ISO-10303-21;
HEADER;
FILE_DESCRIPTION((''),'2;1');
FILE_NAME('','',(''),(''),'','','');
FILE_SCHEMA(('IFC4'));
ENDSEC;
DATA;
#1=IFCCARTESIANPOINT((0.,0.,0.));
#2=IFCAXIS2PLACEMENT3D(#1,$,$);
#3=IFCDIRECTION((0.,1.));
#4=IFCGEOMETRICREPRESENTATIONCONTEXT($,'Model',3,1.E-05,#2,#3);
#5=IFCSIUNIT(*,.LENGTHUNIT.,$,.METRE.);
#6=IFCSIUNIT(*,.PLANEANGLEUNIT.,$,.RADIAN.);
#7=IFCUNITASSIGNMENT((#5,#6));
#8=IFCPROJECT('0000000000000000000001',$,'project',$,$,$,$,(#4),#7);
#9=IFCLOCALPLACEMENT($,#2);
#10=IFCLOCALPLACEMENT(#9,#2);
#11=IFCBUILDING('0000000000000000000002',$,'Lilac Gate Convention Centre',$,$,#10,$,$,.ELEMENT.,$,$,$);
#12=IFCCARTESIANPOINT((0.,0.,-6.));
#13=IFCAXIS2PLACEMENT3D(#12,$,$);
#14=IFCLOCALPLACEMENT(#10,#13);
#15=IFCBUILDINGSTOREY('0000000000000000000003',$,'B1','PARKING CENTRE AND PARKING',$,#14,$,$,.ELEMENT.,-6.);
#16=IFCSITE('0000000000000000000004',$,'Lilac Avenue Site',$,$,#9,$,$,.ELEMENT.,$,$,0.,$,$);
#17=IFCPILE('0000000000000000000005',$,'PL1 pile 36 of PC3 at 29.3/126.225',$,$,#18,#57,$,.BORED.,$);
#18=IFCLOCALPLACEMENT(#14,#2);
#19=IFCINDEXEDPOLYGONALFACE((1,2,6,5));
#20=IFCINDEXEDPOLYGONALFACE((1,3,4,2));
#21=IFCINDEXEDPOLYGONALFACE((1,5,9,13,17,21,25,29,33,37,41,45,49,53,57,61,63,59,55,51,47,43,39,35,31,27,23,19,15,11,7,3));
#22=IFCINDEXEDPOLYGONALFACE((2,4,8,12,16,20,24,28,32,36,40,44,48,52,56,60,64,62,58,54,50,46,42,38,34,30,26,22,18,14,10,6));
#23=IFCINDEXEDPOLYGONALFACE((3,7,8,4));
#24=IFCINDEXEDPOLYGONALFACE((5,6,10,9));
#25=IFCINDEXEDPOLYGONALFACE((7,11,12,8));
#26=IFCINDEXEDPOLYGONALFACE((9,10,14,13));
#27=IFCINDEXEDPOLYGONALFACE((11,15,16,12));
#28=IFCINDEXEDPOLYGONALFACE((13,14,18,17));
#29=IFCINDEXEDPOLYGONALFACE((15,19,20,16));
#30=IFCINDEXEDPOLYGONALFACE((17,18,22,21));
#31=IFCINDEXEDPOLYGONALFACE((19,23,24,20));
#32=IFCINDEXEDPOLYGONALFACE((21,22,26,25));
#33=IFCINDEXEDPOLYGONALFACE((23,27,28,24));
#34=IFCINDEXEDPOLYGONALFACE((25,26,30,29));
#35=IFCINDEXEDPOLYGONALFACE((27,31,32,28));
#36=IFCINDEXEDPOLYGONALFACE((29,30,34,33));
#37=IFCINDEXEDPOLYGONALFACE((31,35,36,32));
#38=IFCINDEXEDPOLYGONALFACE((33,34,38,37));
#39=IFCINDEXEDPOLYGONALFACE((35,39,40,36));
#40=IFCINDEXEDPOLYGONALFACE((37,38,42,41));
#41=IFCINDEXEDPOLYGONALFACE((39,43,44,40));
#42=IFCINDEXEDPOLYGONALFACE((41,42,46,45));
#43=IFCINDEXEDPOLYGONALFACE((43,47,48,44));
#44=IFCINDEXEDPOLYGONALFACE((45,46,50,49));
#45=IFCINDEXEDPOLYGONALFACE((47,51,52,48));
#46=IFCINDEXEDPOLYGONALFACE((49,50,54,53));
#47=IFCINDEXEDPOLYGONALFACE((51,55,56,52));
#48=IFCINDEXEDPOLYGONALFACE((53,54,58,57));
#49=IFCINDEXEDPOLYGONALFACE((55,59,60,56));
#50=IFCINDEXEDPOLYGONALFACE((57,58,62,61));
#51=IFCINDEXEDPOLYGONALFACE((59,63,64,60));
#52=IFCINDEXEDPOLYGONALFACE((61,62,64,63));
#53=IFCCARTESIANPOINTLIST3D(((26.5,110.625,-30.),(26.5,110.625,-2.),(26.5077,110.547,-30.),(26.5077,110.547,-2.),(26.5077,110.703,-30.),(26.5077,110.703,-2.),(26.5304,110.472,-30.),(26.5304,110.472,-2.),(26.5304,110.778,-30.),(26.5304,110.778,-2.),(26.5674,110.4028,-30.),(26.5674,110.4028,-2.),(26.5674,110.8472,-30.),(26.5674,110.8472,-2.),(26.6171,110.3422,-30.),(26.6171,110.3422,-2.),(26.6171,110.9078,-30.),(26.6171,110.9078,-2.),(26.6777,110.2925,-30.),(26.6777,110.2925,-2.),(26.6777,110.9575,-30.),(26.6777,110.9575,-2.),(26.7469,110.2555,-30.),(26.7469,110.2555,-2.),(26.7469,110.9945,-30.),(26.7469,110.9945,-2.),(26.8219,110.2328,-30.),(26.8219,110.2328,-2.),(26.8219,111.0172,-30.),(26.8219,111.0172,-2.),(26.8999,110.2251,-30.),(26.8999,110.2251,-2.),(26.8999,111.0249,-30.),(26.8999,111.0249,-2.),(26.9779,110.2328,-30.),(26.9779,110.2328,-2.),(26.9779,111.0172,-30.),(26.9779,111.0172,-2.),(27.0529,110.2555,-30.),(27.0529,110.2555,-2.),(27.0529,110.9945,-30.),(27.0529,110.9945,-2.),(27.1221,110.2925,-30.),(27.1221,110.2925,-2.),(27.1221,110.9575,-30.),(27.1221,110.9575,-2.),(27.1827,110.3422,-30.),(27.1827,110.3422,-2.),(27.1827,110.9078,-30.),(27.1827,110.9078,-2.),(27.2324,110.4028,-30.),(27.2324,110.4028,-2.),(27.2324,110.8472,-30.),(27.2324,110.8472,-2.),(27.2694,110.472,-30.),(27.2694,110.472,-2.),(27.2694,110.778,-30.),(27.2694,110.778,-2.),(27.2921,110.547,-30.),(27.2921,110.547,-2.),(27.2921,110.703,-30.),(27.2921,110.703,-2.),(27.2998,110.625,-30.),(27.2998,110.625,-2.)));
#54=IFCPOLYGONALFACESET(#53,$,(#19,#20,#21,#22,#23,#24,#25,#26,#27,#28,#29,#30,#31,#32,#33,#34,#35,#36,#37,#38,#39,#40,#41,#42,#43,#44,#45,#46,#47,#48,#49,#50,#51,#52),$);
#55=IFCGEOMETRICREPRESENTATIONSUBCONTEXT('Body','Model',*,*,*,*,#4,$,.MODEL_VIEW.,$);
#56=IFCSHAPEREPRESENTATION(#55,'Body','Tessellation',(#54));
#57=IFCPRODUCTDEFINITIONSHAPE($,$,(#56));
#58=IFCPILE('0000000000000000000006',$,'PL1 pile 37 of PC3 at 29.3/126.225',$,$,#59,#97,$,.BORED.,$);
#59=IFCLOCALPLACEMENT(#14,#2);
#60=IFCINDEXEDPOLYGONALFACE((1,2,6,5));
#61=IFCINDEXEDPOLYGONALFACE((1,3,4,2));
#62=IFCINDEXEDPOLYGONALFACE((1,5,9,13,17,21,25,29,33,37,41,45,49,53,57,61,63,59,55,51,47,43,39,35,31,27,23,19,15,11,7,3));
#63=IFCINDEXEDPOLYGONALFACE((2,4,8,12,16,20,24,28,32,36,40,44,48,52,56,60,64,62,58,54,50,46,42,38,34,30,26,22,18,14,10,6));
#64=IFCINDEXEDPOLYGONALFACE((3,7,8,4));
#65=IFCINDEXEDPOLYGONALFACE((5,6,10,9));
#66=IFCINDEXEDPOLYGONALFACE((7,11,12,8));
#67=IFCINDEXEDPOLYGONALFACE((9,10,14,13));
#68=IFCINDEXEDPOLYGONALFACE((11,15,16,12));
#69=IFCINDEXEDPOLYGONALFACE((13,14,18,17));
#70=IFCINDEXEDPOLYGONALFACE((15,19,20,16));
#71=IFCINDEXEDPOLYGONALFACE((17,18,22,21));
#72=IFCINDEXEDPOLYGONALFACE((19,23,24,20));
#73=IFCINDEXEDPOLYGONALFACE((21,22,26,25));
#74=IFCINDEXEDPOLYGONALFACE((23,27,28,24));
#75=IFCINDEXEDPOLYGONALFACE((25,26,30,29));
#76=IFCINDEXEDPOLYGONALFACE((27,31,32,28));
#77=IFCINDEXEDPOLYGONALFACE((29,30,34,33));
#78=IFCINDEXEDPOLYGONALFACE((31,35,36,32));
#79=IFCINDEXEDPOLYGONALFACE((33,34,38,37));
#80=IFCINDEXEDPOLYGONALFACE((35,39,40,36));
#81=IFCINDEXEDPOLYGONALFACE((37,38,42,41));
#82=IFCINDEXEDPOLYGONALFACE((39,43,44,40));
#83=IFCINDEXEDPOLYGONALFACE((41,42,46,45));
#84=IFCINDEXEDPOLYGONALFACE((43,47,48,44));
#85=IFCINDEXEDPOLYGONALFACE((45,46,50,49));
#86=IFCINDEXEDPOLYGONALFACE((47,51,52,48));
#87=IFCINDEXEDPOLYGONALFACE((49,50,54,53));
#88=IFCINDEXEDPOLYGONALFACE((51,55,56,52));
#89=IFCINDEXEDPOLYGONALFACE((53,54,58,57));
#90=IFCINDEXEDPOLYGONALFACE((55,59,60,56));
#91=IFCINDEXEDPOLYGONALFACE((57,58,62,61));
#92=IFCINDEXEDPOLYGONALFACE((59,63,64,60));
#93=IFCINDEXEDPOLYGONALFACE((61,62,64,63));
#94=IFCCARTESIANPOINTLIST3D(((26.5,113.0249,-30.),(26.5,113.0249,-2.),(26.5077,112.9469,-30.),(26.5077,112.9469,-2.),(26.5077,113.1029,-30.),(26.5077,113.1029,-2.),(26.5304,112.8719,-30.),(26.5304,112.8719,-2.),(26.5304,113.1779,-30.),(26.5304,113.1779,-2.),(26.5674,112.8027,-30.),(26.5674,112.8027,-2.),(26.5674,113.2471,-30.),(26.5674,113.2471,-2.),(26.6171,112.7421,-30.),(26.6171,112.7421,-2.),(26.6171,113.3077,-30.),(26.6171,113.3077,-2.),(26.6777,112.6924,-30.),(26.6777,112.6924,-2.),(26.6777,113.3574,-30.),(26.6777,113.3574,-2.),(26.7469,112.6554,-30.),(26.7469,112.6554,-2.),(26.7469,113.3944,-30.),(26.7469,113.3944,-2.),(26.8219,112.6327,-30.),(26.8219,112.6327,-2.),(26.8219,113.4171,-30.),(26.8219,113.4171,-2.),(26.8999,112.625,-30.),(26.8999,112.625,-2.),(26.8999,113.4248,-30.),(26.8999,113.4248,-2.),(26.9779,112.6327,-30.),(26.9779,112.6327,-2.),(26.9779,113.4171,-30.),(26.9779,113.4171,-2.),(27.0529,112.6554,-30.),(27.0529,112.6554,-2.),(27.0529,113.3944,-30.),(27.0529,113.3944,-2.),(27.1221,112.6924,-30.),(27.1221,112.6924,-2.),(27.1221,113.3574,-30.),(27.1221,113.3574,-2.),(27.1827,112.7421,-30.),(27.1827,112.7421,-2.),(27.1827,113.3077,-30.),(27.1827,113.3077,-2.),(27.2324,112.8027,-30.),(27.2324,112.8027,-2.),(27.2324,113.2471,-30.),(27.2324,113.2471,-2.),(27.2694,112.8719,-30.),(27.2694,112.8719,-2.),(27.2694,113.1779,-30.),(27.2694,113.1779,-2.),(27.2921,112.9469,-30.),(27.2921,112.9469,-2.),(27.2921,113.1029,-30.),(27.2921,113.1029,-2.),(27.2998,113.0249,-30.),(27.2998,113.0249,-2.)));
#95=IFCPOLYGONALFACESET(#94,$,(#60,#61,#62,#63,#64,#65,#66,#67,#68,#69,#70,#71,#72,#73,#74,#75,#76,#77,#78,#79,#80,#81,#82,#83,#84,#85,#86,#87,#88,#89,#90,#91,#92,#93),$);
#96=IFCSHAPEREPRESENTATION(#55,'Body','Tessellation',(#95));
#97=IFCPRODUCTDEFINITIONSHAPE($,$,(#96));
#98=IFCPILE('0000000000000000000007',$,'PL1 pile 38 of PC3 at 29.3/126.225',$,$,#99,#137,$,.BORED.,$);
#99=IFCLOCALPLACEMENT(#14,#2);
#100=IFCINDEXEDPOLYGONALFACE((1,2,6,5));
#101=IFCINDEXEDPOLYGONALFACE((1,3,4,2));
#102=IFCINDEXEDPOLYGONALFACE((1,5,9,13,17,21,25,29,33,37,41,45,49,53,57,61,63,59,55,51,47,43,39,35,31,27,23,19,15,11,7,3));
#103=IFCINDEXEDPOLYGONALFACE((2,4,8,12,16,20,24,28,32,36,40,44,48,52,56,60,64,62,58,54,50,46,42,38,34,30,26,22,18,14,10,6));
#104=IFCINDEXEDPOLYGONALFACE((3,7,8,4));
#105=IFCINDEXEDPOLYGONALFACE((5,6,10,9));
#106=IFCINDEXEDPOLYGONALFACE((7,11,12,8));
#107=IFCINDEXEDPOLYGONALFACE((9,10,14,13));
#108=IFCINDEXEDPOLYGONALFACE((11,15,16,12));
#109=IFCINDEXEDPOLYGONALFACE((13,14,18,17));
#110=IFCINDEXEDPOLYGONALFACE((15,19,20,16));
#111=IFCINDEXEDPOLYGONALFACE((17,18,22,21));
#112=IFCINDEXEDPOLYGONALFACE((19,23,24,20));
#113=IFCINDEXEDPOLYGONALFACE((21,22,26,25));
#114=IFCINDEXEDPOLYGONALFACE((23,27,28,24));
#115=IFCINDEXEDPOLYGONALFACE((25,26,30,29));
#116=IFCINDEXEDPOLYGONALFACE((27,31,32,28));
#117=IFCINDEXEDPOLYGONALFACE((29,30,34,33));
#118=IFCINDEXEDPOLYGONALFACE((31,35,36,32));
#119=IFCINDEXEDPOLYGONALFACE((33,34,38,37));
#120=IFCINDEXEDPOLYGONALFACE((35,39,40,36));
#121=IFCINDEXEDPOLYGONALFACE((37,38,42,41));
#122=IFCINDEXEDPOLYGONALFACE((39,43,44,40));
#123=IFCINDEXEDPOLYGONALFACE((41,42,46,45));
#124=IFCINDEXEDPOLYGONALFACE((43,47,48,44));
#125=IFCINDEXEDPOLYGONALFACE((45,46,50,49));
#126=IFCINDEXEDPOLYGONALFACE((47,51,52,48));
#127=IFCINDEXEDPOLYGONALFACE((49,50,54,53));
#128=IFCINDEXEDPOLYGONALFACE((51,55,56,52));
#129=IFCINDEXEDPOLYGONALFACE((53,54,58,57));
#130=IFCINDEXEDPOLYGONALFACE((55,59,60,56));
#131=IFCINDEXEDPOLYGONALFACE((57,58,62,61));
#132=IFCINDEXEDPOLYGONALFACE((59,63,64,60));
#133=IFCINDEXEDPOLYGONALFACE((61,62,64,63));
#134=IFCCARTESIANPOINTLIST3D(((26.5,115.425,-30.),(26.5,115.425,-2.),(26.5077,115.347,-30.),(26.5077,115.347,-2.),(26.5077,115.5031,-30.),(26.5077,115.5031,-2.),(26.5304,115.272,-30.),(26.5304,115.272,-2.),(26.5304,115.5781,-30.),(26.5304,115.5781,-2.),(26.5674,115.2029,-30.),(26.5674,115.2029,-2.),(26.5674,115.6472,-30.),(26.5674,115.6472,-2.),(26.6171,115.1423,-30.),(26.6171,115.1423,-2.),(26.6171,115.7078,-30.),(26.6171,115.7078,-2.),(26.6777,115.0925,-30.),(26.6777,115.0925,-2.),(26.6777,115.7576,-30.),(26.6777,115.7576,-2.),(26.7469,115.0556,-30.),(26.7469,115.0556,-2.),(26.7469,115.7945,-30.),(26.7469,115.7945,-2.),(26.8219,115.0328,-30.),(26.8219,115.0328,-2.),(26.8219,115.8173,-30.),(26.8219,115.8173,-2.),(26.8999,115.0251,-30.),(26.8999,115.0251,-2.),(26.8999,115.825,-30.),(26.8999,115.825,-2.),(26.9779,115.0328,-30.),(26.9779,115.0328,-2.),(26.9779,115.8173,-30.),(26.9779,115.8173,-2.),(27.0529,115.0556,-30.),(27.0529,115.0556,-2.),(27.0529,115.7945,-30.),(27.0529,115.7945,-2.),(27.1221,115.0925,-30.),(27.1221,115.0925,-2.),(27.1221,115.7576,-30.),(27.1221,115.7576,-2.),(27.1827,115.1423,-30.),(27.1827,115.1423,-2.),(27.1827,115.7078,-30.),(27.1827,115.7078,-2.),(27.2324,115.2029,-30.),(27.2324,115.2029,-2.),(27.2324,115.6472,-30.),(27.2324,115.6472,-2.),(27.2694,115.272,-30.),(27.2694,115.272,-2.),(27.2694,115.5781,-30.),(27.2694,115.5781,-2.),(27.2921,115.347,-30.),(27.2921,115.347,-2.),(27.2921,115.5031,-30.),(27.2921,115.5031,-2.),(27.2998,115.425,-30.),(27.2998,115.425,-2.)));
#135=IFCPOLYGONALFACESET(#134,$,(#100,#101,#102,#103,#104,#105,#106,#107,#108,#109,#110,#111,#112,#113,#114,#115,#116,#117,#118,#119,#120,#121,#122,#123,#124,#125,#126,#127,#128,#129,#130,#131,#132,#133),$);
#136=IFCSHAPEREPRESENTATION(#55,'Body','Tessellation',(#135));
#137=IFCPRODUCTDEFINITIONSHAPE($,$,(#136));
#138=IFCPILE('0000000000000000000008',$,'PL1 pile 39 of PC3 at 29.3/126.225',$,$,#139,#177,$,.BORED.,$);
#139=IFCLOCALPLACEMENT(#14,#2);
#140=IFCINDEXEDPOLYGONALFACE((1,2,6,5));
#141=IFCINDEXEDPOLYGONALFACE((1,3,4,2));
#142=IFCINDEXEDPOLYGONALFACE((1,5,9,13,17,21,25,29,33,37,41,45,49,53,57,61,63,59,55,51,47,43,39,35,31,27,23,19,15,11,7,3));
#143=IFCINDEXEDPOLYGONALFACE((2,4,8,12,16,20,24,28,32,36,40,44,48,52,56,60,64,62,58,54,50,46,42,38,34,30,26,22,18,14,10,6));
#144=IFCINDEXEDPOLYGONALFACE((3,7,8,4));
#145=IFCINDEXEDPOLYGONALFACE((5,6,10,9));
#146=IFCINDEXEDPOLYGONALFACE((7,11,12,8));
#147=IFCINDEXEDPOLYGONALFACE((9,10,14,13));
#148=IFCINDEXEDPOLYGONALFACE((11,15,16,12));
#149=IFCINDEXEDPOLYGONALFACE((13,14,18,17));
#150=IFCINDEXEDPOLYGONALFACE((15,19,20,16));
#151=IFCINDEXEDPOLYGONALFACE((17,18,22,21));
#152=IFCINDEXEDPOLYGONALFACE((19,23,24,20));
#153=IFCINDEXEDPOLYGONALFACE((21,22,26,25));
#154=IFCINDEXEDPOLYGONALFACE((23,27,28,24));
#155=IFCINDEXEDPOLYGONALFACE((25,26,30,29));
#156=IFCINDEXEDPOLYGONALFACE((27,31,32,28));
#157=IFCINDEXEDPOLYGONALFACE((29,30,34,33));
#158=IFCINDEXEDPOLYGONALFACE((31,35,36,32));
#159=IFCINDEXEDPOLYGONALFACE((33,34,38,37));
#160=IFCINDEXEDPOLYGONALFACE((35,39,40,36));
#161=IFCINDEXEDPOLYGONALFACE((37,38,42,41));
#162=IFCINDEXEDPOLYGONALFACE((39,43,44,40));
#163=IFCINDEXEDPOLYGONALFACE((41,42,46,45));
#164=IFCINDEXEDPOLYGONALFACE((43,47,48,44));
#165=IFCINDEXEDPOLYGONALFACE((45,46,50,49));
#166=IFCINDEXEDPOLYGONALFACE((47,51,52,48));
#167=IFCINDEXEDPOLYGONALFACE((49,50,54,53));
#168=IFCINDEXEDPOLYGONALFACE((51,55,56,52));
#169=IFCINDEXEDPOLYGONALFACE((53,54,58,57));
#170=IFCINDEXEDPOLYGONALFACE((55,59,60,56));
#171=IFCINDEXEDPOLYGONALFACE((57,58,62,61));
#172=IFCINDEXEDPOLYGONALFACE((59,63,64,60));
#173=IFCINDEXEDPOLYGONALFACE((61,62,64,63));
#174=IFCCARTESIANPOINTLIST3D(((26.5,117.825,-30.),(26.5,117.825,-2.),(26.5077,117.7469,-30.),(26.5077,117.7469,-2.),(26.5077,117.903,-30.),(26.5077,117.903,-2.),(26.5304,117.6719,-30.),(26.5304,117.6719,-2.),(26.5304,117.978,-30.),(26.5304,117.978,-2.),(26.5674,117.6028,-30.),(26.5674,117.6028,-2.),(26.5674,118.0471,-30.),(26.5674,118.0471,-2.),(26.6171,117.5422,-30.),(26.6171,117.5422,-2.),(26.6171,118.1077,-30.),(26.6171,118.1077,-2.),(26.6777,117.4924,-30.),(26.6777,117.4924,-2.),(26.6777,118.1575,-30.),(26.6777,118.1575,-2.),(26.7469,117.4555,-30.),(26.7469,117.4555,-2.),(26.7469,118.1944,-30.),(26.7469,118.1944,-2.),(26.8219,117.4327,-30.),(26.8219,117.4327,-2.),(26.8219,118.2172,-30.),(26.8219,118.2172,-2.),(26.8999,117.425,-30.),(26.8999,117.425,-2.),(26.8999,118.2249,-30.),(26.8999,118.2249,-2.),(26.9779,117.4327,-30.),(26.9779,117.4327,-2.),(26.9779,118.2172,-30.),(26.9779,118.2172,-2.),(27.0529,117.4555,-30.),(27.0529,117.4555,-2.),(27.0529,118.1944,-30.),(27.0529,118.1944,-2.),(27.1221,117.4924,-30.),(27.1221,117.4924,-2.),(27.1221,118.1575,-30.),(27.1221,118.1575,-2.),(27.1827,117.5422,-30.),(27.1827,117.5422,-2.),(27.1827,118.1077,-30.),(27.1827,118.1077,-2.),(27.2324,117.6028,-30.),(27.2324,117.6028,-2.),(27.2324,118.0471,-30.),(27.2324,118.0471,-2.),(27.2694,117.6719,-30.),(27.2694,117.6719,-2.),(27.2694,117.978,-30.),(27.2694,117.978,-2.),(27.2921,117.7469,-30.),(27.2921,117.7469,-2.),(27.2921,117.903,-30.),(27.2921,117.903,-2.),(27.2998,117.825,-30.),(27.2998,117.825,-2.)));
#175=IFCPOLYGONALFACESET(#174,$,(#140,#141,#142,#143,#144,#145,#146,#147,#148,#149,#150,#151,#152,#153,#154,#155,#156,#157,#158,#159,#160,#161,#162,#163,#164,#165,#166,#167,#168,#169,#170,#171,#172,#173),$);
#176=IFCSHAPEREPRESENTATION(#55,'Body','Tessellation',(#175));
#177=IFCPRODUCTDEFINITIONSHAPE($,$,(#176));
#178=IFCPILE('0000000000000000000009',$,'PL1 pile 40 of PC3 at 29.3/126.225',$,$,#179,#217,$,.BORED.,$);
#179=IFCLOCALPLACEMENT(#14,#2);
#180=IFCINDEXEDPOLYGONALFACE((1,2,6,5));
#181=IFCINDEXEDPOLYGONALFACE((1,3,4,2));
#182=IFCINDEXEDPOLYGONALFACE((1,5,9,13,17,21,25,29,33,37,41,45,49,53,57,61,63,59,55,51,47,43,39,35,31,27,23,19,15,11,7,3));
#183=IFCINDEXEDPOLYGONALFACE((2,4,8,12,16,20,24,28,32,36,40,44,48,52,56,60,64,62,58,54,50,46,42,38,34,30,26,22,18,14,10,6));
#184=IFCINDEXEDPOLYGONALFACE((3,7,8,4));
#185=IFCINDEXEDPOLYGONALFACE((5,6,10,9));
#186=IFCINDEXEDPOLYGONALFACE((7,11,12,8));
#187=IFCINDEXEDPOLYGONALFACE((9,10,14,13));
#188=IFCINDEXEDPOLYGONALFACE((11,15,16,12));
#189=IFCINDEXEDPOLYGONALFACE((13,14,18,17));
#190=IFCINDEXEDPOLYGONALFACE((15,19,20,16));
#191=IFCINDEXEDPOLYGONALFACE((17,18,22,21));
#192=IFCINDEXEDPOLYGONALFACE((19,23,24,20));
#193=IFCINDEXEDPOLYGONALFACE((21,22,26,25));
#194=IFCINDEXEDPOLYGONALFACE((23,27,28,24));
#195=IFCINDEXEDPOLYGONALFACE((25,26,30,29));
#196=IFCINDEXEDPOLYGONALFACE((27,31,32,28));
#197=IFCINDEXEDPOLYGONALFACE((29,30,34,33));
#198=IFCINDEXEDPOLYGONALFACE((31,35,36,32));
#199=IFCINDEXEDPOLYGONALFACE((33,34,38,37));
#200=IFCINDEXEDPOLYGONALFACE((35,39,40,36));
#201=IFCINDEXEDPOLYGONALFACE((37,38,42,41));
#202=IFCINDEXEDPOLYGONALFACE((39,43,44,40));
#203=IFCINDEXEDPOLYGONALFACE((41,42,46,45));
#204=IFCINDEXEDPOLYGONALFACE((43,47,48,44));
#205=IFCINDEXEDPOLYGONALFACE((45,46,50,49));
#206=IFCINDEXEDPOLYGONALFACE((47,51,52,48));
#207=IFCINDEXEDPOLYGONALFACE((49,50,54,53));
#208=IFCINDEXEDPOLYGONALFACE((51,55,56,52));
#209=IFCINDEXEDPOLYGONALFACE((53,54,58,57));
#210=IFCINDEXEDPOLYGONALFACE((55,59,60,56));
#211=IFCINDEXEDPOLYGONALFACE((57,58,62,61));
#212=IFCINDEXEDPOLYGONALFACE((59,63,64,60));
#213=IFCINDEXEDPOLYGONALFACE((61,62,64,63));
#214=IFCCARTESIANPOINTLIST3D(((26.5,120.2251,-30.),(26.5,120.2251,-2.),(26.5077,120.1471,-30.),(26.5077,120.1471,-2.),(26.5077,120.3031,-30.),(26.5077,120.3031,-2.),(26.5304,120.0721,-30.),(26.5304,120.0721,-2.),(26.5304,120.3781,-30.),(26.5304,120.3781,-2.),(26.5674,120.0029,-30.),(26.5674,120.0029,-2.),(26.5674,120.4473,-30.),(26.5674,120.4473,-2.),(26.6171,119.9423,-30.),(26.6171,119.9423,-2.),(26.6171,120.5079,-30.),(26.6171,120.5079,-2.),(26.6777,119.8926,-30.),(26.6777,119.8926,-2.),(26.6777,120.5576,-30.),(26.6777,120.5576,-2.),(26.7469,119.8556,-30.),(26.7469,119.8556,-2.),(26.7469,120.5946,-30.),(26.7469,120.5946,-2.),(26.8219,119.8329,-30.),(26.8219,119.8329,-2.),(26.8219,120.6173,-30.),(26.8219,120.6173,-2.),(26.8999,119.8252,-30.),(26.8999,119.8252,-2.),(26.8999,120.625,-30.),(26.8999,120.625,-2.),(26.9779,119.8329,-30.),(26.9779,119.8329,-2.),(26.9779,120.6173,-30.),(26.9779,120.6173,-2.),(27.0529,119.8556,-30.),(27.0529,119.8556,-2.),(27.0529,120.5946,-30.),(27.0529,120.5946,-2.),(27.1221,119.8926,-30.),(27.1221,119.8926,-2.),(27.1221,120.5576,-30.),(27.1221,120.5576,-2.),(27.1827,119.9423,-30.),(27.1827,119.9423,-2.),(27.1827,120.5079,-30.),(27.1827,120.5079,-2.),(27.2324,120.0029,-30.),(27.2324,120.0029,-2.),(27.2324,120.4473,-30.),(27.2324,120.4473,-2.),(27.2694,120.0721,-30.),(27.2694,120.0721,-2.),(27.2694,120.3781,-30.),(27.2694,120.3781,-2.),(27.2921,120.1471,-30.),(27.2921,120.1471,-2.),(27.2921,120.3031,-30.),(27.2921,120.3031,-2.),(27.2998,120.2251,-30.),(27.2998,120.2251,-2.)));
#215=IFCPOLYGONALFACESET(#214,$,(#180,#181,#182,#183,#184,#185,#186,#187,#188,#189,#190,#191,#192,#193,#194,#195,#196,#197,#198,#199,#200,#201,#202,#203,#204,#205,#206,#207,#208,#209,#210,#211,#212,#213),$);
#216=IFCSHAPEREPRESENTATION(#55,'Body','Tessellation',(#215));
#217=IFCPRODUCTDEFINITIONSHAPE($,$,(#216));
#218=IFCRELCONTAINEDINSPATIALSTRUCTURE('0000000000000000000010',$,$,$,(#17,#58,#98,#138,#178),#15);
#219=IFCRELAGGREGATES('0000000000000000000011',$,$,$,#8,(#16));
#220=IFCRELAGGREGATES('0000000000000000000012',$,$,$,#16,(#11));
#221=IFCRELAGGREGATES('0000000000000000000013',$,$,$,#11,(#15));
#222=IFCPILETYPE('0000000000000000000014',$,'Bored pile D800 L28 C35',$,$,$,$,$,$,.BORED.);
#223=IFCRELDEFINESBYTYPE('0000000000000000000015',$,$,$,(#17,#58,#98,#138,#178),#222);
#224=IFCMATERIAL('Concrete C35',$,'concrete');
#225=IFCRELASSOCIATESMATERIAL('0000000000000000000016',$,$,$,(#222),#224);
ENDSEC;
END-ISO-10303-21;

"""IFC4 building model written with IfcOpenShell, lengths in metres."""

from ifc_helpers import new_model, si_unit, direction, frame, origin, origin_2d, place, context, subcontext, project, spatial, circle, extrude, material, material_profile, profile_set, type_object, element, save


model = new_model("IFC4")

# Units and contexts
model_context = context("Model", 3, precision=1e-05, world=origin(), true_north=direction((0.0, 1.0)))
body_context = subcontext(model_context, "Body", "Model", "MODEL_VIEW")
ifc_project = project(units=[si_unit("LENGTHUNIT", "METRE"), si_unit("PLANEANGLEUNIT", "RADIAN")], contexts=[model_context])

# Site, building, storey
site_placement = place(None, origin())
site = spatial("IfcSite", under=ifc_project, at=site_placement, Name="Lilac Avenue Site", CompositionType="ELEMENT", RefElevation=0.0)
building_placement = place(site_placement, origin())
building = spatial("IfcBuilding", under=site, at=building_placement, Name="Lilac Gate Convention Centre", CompositionType="ELEMENT")
storey_placement = place(building_placement, frame((0.0, 0.0, -6.0)))
storey = spatial("IfcBuildingStorey", under=building, at=storey_placement, Name="B1", Description="PARKING CENTRE AND PARKING", CompositionType="ELEMENT", Elevation=-6.0)

# Piles
ifc_material_1 = material(Name="Concrete C35", Category="concrete")
ifc_material_profile_1 = material_profile(ifc_material_1, circle(Radius=0.3999, at=origin_2d()), Name="D800")
ifc_profile_set_1 = profile_set([ifc_material_profile_1], Name="Concrete C35")
pile_type = type_object("IfcPileType", Name="Bored pile D800 L28 C35", PredefinedType="BORED", material=ifc_profile_set_1)
for number, where, z_axis, x_axis, name in (
    (1, (26.8999, 110.625, -2.0), (0.0, 0.0, -1.0), (1.0, 0.0, 0.0), "PL1 pile 36 of PC3 at 29.3/126.225"),
    (2, (26.8999, 113.0249, -2.0), (0.0, 0.0, -1.0), (1.0, 0.0, 0.0), "PL1 pile 37 of PC3 at 29.3/126.225"),
    (3, (26.8999, 115.425, -2.0), (0.0, 0.0, -1.0), (1.0, 0.0, 0.0), "PL1 pile 38 of PC3 at 29.3/126.225"),
    (4, (26.8999, 117.825, -2.0), (0.0, 0.0, -1.0), (1.0, 0.0, 0.0), "PL1 pile 39 of PC3 at 29.3/126.225"),
    (5, (26.8999, 120.2251, -2.0), (0.0, 0.0, -1.0), (1.0, 0.0, 0.0), "PL1 pile 40 of PC3 at 29.3/126.225"),
):
    element("IfcPile", number, at=place(storey_placement, frame(where, z_axis=z_axis, x_axis=x_axis)), inside=storey, type_object=pile_type, Name=name, PredefinedType="BORED", context=body_context, shape_type="SweptSolid", body=[
        extrude(circle(Radius=0.3999, at=origin_2d()), origin(), (0.0, 0.0, 1.0), 28.0),
    ])

save(model, "model.ifc")
